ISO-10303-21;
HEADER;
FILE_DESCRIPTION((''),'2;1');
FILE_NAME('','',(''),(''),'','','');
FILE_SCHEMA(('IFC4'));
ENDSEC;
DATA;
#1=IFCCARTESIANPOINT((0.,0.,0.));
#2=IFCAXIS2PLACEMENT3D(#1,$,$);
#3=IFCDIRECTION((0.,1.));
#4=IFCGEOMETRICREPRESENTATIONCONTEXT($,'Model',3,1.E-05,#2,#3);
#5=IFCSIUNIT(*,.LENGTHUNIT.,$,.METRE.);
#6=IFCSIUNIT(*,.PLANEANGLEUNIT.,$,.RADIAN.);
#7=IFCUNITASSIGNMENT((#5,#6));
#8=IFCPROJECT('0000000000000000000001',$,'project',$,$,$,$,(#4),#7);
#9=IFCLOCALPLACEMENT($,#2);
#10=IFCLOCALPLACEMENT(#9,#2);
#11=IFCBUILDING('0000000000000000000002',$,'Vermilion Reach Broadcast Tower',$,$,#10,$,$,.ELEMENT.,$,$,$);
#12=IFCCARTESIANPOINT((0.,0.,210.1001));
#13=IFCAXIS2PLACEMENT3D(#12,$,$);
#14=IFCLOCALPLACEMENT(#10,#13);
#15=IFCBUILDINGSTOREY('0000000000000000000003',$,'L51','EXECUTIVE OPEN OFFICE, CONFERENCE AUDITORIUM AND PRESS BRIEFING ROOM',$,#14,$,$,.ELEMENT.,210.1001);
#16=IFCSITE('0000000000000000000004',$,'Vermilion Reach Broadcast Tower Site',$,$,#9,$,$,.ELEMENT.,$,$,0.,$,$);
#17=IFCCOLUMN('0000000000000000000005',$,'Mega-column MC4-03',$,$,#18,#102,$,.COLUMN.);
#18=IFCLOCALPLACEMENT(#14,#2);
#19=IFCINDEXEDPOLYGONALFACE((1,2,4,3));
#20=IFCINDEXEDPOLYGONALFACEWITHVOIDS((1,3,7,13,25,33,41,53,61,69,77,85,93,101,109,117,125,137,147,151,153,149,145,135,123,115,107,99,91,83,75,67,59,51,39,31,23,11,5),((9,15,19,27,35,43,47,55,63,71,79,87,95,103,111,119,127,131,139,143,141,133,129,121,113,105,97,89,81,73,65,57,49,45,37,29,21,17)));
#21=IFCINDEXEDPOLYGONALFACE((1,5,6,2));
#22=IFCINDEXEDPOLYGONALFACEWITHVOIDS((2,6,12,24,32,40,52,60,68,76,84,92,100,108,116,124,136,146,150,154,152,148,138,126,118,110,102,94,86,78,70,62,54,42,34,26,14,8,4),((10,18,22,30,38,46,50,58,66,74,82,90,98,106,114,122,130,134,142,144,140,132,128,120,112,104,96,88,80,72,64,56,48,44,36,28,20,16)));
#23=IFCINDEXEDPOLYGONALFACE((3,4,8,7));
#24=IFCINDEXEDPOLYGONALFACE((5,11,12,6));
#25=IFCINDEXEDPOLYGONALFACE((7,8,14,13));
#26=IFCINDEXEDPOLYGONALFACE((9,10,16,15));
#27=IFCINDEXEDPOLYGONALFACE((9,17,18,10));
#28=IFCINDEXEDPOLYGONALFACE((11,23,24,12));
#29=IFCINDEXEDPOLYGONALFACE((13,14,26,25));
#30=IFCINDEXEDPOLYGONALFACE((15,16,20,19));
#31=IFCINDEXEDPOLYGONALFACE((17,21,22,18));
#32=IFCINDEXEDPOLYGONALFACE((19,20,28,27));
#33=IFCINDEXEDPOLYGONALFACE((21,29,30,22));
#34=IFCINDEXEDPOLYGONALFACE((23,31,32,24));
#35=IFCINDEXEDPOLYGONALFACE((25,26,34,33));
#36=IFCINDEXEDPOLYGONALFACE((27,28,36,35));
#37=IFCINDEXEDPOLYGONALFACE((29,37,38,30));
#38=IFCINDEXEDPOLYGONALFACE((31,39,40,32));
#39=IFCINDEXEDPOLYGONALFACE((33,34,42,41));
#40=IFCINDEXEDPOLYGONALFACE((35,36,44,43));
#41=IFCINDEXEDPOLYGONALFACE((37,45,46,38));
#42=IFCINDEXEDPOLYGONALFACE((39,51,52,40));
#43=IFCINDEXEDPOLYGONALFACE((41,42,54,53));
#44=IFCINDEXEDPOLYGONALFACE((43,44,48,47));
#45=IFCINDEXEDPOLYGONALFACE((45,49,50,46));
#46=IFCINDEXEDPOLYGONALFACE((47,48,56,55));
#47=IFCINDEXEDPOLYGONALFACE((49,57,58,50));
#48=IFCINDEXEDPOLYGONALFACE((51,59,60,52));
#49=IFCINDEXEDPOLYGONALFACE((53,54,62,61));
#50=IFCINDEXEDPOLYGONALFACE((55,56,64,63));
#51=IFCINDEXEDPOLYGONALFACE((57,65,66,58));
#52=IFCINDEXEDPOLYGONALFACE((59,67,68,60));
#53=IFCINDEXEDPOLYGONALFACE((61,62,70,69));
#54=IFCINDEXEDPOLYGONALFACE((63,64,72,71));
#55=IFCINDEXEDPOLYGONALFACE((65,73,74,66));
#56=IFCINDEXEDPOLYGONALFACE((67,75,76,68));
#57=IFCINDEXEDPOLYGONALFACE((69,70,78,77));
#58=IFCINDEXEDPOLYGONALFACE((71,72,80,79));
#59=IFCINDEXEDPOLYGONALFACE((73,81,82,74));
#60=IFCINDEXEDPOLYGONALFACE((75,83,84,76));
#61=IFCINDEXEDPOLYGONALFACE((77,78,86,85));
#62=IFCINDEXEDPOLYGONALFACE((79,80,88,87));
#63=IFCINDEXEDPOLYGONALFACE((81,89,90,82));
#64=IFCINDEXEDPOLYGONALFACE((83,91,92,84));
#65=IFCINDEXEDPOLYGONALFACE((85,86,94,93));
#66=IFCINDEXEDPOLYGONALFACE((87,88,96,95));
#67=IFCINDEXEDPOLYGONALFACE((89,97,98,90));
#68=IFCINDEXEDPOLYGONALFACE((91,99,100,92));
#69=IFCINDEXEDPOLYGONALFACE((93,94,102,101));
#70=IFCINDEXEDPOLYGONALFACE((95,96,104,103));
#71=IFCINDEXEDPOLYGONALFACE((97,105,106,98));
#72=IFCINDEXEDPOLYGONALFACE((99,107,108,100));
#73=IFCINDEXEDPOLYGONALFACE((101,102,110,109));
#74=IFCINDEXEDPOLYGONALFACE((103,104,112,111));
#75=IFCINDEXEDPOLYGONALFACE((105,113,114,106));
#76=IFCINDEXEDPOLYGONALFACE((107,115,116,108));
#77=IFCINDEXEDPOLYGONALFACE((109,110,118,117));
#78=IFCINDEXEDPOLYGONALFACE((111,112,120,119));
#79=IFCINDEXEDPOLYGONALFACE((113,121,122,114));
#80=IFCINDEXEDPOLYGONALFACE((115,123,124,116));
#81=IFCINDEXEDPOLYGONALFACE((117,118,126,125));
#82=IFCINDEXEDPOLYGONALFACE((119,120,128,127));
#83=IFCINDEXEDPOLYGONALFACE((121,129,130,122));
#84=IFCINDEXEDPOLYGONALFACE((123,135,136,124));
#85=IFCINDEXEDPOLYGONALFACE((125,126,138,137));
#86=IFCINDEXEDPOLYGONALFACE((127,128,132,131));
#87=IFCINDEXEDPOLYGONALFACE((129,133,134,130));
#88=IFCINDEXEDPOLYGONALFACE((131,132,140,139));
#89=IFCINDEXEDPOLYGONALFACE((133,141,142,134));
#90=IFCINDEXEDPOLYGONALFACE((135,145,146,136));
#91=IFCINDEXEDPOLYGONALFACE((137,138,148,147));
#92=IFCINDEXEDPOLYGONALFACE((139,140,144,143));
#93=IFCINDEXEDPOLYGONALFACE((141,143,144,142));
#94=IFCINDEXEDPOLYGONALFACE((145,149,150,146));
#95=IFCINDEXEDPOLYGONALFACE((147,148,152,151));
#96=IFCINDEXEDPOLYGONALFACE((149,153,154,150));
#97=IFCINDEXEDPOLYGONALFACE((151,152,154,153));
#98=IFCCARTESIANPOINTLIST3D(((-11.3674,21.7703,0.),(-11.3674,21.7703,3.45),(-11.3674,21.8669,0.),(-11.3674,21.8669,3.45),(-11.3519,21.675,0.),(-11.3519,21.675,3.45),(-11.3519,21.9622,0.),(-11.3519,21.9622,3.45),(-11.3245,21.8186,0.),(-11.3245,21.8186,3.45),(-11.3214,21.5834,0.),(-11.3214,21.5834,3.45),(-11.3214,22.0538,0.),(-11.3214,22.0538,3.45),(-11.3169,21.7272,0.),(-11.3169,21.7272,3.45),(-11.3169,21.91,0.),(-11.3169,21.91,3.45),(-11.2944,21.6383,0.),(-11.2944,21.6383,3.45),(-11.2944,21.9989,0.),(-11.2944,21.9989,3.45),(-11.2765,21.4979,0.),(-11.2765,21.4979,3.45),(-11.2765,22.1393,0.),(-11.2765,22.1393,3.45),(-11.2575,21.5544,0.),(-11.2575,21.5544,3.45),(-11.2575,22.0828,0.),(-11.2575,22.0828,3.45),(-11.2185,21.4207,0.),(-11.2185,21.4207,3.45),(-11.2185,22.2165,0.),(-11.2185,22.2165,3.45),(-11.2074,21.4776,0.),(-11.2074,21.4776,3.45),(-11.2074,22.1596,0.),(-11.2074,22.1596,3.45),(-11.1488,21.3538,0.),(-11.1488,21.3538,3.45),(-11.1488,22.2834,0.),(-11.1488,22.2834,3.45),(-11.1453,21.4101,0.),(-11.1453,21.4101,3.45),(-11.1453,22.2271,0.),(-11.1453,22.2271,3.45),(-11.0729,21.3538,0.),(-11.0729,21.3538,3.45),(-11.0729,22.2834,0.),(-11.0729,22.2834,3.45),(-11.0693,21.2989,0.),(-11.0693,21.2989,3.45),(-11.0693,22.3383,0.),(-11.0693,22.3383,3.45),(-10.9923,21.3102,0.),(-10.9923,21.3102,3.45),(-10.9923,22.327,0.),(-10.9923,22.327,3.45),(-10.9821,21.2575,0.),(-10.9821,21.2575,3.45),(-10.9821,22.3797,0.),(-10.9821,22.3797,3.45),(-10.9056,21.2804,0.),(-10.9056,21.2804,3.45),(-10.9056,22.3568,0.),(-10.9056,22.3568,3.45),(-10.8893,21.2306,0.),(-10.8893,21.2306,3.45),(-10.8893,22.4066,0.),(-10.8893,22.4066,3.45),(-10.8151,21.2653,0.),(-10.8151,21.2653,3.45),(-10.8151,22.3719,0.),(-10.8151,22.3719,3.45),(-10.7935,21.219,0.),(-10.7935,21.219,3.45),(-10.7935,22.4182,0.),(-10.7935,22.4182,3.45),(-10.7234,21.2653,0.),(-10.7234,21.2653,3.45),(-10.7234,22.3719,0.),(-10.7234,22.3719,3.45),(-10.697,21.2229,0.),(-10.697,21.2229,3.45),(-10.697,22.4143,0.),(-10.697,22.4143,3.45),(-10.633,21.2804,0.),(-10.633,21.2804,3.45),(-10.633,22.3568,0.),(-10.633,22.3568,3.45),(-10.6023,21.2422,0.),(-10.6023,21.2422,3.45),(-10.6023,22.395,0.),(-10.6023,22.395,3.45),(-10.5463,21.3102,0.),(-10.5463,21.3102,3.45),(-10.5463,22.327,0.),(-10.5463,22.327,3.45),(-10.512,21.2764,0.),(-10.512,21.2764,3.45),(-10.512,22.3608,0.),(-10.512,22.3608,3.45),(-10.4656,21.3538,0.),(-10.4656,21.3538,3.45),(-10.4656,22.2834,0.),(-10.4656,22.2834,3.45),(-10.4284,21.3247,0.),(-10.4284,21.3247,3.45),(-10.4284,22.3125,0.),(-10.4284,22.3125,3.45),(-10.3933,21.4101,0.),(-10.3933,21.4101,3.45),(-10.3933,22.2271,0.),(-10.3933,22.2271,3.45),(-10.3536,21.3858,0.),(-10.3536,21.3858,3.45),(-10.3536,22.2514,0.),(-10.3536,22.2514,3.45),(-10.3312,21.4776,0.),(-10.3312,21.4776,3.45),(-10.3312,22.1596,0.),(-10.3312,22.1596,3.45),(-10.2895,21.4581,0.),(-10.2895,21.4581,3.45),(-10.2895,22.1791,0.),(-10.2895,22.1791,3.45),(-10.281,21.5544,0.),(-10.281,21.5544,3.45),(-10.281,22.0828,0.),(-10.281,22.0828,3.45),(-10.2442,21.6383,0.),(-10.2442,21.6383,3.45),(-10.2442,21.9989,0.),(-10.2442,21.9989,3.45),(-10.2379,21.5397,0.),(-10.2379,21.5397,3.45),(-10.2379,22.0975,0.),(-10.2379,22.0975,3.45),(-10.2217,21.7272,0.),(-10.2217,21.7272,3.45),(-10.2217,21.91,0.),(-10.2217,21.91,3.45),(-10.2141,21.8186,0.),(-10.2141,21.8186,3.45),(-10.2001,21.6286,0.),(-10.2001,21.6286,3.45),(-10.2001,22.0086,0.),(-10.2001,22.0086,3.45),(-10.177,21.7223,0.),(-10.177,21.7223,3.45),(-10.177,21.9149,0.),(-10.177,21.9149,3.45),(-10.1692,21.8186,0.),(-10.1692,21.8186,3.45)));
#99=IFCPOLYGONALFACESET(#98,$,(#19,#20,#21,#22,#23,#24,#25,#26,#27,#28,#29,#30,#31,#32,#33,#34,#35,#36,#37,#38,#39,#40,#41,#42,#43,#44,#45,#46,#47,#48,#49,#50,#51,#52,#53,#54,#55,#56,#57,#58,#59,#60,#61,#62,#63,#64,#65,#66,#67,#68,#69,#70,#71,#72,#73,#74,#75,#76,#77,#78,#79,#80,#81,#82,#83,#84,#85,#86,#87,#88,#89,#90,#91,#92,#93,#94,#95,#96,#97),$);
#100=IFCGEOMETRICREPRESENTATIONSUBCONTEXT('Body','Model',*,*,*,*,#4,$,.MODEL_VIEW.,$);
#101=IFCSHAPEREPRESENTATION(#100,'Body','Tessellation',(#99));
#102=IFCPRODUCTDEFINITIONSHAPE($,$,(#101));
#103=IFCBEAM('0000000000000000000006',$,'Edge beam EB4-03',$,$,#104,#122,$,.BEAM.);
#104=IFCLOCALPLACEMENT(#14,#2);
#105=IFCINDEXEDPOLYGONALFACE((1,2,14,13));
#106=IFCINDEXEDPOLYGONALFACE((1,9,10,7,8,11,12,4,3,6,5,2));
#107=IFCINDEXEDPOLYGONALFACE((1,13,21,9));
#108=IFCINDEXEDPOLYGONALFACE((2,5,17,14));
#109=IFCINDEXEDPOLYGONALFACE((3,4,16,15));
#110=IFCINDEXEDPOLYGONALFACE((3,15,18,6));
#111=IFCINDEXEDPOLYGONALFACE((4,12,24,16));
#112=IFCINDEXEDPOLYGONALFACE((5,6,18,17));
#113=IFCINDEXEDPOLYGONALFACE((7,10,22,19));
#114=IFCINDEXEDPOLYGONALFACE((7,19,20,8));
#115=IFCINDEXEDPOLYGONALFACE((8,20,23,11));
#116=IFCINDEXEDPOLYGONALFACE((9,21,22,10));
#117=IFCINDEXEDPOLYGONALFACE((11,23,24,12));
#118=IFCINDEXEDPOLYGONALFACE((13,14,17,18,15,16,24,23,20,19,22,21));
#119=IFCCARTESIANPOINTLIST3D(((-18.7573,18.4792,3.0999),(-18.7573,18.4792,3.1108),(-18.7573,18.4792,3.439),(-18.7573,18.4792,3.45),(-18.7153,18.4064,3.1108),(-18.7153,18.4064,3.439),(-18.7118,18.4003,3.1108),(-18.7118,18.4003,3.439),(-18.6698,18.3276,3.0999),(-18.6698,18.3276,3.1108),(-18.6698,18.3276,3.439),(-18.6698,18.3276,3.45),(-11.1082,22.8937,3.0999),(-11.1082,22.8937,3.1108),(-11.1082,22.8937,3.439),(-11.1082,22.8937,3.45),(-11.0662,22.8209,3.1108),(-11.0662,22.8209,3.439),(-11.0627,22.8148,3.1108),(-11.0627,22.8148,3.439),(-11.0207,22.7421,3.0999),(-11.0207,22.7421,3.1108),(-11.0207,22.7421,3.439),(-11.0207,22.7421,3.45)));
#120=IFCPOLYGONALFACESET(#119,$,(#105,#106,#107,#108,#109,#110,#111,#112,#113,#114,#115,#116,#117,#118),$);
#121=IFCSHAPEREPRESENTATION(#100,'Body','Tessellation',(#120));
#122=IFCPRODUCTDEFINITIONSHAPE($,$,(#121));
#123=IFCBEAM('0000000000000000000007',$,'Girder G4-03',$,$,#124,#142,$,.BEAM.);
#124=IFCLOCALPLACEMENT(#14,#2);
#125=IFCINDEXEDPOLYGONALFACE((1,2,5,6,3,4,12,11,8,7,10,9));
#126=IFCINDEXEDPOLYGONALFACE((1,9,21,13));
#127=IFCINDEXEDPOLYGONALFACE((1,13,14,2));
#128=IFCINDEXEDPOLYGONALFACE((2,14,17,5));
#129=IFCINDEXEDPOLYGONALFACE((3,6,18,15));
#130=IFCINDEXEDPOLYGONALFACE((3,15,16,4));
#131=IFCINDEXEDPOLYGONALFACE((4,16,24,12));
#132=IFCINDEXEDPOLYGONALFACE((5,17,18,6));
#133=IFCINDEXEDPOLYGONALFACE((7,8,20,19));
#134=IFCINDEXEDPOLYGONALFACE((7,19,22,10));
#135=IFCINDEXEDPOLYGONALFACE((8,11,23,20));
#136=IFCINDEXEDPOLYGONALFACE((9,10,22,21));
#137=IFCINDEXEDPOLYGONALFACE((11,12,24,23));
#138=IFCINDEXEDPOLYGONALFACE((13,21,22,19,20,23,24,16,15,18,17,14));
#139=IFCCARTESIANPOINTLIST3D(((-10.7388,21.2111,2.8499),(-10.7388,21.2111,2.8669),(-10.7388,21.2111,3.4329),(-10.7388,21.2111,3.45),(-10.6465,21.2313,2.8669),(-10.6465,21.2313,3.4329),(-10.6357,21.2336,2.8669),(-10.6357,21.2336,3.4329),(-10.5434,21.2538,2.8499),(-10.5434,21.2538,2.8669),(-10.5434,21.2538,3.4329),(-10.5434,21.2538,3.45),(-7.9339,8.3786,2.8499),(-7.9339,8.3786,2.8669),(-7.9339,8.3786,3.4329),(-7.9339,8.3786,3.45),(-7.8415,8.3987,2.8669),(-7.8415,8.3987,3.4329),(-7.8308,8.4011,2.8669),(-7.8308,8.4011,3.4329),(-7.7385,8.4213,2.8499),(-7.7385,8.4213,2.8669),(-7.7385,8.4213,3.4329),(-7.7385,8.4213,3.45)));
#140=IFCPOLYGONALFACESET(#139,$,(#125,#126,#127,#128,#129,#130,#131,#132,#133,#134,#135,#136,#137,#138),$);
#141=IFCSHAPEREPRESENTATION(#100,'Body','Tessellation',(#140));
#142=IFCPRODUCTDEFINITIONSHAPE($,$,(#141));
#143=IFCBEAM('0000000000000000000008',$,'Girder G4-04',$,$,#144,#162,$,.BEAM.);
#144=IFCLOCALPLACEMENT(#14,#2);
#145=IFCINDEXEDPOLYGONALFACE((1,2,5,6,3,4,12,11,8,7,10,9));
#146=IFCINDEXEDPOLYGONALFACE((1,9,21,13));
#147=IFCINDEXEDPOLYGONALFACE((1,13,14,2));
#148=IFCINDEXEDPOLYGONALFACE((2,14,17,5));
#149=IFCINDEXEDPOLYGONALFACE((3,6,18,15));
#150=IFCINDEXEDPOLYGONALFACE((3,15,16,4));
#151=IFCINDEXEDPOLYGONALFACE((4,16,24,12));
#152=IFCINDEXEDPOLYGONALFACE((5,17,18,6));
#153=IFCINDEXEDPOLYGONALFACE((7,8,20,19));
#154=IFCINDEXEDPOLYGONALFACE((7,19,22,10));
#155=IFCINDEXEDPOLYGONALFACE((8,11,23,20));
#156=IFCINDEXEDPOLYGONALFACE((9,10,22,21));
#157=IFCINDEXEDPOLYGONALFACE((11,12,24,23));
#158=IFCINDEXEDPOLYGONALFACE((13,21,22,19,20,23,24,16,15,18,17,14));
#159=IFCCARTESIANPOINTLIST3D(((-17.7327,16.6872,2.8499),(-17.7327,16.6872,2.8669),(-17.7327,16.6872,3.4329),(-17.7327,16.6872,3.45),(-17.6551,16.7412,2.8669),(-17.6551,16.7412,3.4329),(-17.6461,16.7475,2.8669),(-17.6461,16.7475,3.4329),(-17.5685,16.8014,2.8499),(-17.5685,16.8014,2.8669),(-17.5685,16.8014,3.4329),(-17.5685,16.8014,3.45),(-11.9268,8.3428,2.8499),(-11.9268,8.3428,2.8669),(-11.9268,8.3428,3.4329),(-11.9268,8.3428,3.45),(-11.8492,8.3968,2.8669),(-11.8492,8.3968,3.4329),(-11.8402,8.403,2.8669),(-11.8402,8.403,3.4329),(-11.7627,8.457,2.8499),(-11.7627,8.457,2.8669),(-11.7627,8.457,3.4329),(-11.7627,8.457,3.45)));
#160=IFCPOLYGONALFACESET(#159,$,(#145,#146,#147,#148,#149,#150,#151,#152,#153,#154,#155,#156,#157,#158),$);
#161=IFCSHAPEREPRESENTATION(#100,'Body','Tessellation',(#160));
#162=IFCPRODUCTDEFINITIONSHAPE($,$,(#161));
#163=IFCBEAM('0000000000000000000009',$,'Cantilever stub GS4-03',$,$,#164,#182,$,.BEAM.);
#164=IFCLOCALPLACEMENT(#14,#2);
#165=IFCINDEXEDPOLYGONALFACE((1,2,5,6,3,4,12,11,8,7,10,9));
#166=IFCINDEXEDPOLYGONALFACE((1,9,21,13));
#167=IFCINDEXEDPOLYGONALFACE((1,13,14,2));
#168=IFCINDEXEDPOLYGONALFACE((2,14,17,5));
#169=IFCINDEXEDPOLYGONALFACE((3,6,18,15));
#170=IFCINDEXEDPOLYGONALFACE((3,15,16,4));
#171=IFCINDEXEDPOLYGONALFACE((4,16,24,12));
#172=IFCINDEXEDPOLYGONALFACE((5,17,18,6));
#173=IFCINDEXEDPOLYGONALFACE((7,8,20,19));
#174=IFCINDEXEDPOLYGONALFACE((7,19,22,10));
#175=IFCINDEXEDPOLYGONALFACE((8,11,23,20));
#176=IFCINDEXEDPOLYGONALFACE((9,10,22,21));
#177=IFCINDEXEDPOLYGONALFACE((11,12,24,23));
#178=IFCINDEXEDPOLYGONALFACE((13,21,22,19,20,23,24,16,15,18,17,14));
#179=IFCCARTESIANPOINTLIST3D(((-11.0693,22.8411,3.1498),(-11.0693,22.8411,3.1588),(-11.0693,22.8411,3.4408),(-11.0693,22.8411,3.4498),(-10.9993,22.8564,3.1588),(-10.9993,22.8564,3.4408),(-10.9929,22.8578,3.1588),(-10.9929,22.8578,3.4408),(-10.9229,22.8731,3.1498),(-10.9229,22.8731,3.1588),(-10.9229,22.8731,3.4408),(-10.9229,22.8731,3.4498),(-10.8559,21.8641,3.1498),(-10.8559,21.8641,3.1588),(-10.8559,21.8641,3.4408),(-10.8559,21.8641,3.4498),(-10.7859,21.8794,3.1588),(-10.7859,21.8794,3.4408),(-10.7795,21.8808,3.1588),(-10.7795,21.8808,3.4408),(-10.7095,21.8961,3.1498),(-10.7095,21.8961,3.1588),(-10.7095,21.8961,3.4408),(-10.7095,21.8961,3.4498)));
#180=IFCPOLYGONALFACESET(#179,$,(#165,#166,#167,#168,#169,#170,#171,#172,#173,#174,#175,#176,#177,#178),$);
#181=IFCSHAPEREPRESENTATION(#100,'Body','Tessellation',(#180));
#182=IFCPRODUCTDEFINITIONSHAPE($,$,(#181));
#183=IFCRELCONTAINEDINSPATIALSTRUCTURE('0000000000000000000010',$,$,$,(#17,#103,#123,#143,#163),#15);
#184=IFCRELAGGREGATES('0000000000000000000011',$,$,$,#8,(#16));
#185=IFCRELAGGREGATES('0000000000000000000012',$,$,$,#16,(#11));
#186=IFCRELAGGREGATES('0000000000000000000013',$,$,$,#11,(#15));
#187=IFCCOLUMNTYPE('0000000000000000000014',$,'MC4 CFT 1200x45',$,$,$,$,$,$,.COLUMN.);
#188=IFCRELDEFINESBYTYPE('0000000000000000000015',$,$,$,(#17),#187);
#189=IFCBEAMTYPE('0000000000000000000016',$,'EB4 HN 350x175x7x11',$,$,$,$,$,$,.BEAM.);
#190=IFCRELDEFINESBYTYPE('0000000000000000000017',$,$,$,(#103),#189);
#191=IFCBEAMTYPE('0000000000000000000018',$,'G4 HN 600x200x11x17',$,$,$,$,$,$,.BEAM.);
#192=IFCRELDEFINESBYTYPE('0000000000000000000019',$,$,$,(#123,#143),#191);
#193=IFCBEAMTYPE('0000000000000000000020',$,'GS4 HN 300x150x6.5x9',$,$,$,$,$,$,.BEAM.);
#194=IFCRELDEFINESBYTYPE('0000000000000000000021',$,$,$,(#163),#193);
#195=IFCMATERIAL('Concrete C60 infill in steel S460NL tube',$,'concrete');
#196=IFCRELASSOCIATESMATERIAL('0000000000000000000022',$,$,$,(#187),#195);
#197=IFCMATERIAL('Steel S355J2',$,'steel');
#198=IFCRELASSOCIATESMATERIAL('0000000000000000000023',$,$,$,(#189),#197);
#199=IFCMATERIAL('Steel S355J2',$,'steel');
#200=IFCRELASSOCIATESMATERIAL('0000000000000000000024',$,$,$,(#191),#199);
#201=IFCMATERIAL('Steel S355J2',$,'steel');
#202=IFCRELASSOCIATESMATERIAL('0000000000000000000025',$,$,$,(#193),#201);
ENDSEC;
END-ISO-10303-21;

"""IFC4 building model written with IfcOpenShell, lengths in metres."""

from ifc_helpers import new_model, si_unit, direction, frame, origin, origin_2d, place, context, subcontext, project, spatial, hollow_circle, i_section, extrude, material, material_profile, profile_set, type_object, element, save


model = new_model("IFC4")

# Units and contexts
model_context = context("Model", 3, precision=1e-05, world=origin(), true_north=direction((0.0, 1.0)))
body_context = subcontext(model_context, "Body", "Model", "MODEL_VIEW")
ifc_project = project(units=[si_unit("LENGTHUNIT", "METRE"), si_unit("PLANEANGLEUNIT", "RADIAN")], contexts=[model_context])

# Site, building, storey
site_placement = place(None, origin())
site = spatial("IfcSite", under=ifc_project, at=site_placement, Name="Vermilion Reach Broadcast Tower Site", CompositionType="ELEMENT", RefElevation=0.0)
building_placement = place(site_placement, origin())
building = spatial("IfcBuilding", under=site, at=building_placement, Name="Vermilion Reach Broadcast Tower", CompositionType="ELEMENT")
storey_placement = place(building_placement, frame((0.0, 0.0, 210.1001)))
storey = spatial("IfcBuildingStorey", under=building, at=storey_placement, Name="L51", Description="EXECUTIVE OPEN OFFICE, CONFERENCE AUDITORIUM AND PRESS BRIEFING ROOM", CompositionType="ELEMENT", Elevation=210.1001)

# Column
ifc_material_1 = material(Name="Concrete C60 infill in steel S460NL tube", Category="concrete")
ifc_material_profile_1 = material_profile(ifc_material_1, hollow_circle(Radius=0.6001, WallThickness=0.0449, at=origin_2d()), Name="Concrete C60 infill in steel S460NL tube CFT 1200x45")
ifc_profile_set_1 = profile_set([ifc_material_profile_1], Name="Concrete C60 infill in steel S460NL tube")
column_type = type_object("IfcColumnType", Name="MC4 CFT 1200x45", PredefinedType="COLUMN", material=ifc_profile_set_1)
column_placement = place(storey_placement, frame((-10.7693, 21.8186, 0.0), z_axis=(0.0, 0.0, 1.0), x_axis=(1.0, 0.0, 0.0)))
element("IfcColumn", 1, at=column_placement, inside=storey, type_object=column_type, Name="Mega-column MC4-03", PredefinedType="COLUMN", context=body_context, shape_type="SweptSolid", body=[
    extrude(hollow_circle(Radius=0.6001, WallThickness=0.0449, at=origin_2d()), origin(), (0.0, 0.0, 1.0), 3.45),
])

# Beams
ifc_material_2 = material(Name="Steel S355J2", Category="steel")
ifc_material_profile_2 = material_profile(ifc_material_2, i_section(OverallWidth=0.175, OverallDepth=0.3501, WebThickness=0.0071, FlangeThickness=0.011, at=origin_2d()), Name="S355J2 HN 350x175x7x11")
ifc_profile_set_2 = profile_set([ifc_material_profile_2], Name="Steel S355J2")
beam_type_1 = type_object("IfcBeamType", Name="EB4 HN 350x175x7x11", PredefinedType="BEAM", material=ifc_profile_set_2)
beam_1_placement = place(storey_placement, frame((-11.0645, 22.8179, 3.2749), z_axis=(-0.866109, -0.499856, 0.0), x_axis=(0.499856, -0.866109, 0.0)))
element("IfcBeam", 2, at=beam_1_placement, inside=storey, type_object=beam_type_1, Name="Edge beam EB4-03", PredefinedType="BEAM", context=body_context, shape_type="SweptSolid", body=[
    extrude(i_section(OverallWidth=0.175, OverallDepth=0.3501, WebThickness=0.0071, FlangeThickness=0.011, at=origin_2d()), origin(), (0.0, 0.0, 1.0), 8.8315),
])
ifc_material_3 = material(Name="Steel S355J2", Category="steel")
ifc_material_profile_3 = material_profile(ifc_material_3, i_section(OverallWidth=0.2, OverallDepth=0.6001, WebThickness=0.011, FlangeThickness=0.0171, at=origin_2d()), Name="S355J2 HN 600x200x11x17")
ifc_profile_set_3 = profile_set([ifc_material_profile_3], Name="Steel S355J2")
beam_type_2 = type_object("IfcBeamType", Name="G4 HN 600x200x11x17", PredefinedType="BEAM", material=ifc_profile_set_3)
beam_2_placement = place(storey_placement, frame((-7.8362, 8.3999, 3.1499), z_axis=(-0.213538, 0.976935, 0.0), x_axis=(-0.976935, -0.213538, 0.0)))
element("IfcBeam", 3, at=beam_2_placement, inside=storey, type_object=beam_type_2, Name="Girder G4-03", PredefinedType="BEAM", context=body_context, shape_type="SweptSolid", body=[
    extrude(i_section(OverallWidth=0.2, OverallDepth=0.6001, WebThickness=0.011, FlangeThickness=0.0171, at=origin_2d()), origin(), (0.0, 0.0, 1.0), 13.1355),
])
beam_3_placement = place(storey_placement, frame((-11.8447, 8.3999, 3.1499), z_axis=(-0.571134, 0.820857, 0.0), x_axis=(-0.820857, -0.571134, 0.0)))
element("IfcBeam", 4, at=beam_3_placement, inside=storey, type_object=beam_type_2, Name="Girder G4-04", PredefinedType="BEAM", context=body_context, shape_type="SweptSolid", body=[
    extrude(i_section(OverallWidth=0.2, OverallDepth=0.6001, WebThickness=0.011, FlangeThickness=0.0171, at=origin_2d()), origin(), (0.0, 0.0, 1.0), 10.1655),
])
ifc_material_4 = material(Name="Steel S355J2", Category="steel")
ifc_material_profile_4 = material_profile(ifc_material_4, i_section(OverallWidth=0.1499, OverallDepth=0.3, WebThickness=0.0066, FlangeThickness=0.009, at=origin_2d()), Name="S355J2 HN 300x150x6.5x9")
ifc_profile_set_4 = profile_set([ifc_material_profile_4], Name="Steel S355J2")
beam_type_3 = type_object("IfcBeamType", Name="GS4 HN 300x150x6.5x9", PredefinedType="BEAM", material=ifc_profile_set_4)
beam_4_placement = place(storey_placement, frame((-10.7827, 21.8801, 3.2998), z_axis=(-0.213362, 0.976973, 0.0), x_axis=(-0.976973, -0.213362, 0.0)))
element("IfcBeam", 5, at=beam_4_placement, inside=storey, type_object=beam_type_3, Name="Cantilever stub GS4-03", PredefinedType="BEAM", context=body_context, shape_type="SweptSolid", body=[
    extrude(i_section(OverallWidth=0.1499, OverallDepth=0.3, WebThickness=0.0066, FlangeThickness=0.009, at=origin_2d()), origin(), (0.0, 0.0, 1.0), 1.0),
])

save(model, "model.ifc")
